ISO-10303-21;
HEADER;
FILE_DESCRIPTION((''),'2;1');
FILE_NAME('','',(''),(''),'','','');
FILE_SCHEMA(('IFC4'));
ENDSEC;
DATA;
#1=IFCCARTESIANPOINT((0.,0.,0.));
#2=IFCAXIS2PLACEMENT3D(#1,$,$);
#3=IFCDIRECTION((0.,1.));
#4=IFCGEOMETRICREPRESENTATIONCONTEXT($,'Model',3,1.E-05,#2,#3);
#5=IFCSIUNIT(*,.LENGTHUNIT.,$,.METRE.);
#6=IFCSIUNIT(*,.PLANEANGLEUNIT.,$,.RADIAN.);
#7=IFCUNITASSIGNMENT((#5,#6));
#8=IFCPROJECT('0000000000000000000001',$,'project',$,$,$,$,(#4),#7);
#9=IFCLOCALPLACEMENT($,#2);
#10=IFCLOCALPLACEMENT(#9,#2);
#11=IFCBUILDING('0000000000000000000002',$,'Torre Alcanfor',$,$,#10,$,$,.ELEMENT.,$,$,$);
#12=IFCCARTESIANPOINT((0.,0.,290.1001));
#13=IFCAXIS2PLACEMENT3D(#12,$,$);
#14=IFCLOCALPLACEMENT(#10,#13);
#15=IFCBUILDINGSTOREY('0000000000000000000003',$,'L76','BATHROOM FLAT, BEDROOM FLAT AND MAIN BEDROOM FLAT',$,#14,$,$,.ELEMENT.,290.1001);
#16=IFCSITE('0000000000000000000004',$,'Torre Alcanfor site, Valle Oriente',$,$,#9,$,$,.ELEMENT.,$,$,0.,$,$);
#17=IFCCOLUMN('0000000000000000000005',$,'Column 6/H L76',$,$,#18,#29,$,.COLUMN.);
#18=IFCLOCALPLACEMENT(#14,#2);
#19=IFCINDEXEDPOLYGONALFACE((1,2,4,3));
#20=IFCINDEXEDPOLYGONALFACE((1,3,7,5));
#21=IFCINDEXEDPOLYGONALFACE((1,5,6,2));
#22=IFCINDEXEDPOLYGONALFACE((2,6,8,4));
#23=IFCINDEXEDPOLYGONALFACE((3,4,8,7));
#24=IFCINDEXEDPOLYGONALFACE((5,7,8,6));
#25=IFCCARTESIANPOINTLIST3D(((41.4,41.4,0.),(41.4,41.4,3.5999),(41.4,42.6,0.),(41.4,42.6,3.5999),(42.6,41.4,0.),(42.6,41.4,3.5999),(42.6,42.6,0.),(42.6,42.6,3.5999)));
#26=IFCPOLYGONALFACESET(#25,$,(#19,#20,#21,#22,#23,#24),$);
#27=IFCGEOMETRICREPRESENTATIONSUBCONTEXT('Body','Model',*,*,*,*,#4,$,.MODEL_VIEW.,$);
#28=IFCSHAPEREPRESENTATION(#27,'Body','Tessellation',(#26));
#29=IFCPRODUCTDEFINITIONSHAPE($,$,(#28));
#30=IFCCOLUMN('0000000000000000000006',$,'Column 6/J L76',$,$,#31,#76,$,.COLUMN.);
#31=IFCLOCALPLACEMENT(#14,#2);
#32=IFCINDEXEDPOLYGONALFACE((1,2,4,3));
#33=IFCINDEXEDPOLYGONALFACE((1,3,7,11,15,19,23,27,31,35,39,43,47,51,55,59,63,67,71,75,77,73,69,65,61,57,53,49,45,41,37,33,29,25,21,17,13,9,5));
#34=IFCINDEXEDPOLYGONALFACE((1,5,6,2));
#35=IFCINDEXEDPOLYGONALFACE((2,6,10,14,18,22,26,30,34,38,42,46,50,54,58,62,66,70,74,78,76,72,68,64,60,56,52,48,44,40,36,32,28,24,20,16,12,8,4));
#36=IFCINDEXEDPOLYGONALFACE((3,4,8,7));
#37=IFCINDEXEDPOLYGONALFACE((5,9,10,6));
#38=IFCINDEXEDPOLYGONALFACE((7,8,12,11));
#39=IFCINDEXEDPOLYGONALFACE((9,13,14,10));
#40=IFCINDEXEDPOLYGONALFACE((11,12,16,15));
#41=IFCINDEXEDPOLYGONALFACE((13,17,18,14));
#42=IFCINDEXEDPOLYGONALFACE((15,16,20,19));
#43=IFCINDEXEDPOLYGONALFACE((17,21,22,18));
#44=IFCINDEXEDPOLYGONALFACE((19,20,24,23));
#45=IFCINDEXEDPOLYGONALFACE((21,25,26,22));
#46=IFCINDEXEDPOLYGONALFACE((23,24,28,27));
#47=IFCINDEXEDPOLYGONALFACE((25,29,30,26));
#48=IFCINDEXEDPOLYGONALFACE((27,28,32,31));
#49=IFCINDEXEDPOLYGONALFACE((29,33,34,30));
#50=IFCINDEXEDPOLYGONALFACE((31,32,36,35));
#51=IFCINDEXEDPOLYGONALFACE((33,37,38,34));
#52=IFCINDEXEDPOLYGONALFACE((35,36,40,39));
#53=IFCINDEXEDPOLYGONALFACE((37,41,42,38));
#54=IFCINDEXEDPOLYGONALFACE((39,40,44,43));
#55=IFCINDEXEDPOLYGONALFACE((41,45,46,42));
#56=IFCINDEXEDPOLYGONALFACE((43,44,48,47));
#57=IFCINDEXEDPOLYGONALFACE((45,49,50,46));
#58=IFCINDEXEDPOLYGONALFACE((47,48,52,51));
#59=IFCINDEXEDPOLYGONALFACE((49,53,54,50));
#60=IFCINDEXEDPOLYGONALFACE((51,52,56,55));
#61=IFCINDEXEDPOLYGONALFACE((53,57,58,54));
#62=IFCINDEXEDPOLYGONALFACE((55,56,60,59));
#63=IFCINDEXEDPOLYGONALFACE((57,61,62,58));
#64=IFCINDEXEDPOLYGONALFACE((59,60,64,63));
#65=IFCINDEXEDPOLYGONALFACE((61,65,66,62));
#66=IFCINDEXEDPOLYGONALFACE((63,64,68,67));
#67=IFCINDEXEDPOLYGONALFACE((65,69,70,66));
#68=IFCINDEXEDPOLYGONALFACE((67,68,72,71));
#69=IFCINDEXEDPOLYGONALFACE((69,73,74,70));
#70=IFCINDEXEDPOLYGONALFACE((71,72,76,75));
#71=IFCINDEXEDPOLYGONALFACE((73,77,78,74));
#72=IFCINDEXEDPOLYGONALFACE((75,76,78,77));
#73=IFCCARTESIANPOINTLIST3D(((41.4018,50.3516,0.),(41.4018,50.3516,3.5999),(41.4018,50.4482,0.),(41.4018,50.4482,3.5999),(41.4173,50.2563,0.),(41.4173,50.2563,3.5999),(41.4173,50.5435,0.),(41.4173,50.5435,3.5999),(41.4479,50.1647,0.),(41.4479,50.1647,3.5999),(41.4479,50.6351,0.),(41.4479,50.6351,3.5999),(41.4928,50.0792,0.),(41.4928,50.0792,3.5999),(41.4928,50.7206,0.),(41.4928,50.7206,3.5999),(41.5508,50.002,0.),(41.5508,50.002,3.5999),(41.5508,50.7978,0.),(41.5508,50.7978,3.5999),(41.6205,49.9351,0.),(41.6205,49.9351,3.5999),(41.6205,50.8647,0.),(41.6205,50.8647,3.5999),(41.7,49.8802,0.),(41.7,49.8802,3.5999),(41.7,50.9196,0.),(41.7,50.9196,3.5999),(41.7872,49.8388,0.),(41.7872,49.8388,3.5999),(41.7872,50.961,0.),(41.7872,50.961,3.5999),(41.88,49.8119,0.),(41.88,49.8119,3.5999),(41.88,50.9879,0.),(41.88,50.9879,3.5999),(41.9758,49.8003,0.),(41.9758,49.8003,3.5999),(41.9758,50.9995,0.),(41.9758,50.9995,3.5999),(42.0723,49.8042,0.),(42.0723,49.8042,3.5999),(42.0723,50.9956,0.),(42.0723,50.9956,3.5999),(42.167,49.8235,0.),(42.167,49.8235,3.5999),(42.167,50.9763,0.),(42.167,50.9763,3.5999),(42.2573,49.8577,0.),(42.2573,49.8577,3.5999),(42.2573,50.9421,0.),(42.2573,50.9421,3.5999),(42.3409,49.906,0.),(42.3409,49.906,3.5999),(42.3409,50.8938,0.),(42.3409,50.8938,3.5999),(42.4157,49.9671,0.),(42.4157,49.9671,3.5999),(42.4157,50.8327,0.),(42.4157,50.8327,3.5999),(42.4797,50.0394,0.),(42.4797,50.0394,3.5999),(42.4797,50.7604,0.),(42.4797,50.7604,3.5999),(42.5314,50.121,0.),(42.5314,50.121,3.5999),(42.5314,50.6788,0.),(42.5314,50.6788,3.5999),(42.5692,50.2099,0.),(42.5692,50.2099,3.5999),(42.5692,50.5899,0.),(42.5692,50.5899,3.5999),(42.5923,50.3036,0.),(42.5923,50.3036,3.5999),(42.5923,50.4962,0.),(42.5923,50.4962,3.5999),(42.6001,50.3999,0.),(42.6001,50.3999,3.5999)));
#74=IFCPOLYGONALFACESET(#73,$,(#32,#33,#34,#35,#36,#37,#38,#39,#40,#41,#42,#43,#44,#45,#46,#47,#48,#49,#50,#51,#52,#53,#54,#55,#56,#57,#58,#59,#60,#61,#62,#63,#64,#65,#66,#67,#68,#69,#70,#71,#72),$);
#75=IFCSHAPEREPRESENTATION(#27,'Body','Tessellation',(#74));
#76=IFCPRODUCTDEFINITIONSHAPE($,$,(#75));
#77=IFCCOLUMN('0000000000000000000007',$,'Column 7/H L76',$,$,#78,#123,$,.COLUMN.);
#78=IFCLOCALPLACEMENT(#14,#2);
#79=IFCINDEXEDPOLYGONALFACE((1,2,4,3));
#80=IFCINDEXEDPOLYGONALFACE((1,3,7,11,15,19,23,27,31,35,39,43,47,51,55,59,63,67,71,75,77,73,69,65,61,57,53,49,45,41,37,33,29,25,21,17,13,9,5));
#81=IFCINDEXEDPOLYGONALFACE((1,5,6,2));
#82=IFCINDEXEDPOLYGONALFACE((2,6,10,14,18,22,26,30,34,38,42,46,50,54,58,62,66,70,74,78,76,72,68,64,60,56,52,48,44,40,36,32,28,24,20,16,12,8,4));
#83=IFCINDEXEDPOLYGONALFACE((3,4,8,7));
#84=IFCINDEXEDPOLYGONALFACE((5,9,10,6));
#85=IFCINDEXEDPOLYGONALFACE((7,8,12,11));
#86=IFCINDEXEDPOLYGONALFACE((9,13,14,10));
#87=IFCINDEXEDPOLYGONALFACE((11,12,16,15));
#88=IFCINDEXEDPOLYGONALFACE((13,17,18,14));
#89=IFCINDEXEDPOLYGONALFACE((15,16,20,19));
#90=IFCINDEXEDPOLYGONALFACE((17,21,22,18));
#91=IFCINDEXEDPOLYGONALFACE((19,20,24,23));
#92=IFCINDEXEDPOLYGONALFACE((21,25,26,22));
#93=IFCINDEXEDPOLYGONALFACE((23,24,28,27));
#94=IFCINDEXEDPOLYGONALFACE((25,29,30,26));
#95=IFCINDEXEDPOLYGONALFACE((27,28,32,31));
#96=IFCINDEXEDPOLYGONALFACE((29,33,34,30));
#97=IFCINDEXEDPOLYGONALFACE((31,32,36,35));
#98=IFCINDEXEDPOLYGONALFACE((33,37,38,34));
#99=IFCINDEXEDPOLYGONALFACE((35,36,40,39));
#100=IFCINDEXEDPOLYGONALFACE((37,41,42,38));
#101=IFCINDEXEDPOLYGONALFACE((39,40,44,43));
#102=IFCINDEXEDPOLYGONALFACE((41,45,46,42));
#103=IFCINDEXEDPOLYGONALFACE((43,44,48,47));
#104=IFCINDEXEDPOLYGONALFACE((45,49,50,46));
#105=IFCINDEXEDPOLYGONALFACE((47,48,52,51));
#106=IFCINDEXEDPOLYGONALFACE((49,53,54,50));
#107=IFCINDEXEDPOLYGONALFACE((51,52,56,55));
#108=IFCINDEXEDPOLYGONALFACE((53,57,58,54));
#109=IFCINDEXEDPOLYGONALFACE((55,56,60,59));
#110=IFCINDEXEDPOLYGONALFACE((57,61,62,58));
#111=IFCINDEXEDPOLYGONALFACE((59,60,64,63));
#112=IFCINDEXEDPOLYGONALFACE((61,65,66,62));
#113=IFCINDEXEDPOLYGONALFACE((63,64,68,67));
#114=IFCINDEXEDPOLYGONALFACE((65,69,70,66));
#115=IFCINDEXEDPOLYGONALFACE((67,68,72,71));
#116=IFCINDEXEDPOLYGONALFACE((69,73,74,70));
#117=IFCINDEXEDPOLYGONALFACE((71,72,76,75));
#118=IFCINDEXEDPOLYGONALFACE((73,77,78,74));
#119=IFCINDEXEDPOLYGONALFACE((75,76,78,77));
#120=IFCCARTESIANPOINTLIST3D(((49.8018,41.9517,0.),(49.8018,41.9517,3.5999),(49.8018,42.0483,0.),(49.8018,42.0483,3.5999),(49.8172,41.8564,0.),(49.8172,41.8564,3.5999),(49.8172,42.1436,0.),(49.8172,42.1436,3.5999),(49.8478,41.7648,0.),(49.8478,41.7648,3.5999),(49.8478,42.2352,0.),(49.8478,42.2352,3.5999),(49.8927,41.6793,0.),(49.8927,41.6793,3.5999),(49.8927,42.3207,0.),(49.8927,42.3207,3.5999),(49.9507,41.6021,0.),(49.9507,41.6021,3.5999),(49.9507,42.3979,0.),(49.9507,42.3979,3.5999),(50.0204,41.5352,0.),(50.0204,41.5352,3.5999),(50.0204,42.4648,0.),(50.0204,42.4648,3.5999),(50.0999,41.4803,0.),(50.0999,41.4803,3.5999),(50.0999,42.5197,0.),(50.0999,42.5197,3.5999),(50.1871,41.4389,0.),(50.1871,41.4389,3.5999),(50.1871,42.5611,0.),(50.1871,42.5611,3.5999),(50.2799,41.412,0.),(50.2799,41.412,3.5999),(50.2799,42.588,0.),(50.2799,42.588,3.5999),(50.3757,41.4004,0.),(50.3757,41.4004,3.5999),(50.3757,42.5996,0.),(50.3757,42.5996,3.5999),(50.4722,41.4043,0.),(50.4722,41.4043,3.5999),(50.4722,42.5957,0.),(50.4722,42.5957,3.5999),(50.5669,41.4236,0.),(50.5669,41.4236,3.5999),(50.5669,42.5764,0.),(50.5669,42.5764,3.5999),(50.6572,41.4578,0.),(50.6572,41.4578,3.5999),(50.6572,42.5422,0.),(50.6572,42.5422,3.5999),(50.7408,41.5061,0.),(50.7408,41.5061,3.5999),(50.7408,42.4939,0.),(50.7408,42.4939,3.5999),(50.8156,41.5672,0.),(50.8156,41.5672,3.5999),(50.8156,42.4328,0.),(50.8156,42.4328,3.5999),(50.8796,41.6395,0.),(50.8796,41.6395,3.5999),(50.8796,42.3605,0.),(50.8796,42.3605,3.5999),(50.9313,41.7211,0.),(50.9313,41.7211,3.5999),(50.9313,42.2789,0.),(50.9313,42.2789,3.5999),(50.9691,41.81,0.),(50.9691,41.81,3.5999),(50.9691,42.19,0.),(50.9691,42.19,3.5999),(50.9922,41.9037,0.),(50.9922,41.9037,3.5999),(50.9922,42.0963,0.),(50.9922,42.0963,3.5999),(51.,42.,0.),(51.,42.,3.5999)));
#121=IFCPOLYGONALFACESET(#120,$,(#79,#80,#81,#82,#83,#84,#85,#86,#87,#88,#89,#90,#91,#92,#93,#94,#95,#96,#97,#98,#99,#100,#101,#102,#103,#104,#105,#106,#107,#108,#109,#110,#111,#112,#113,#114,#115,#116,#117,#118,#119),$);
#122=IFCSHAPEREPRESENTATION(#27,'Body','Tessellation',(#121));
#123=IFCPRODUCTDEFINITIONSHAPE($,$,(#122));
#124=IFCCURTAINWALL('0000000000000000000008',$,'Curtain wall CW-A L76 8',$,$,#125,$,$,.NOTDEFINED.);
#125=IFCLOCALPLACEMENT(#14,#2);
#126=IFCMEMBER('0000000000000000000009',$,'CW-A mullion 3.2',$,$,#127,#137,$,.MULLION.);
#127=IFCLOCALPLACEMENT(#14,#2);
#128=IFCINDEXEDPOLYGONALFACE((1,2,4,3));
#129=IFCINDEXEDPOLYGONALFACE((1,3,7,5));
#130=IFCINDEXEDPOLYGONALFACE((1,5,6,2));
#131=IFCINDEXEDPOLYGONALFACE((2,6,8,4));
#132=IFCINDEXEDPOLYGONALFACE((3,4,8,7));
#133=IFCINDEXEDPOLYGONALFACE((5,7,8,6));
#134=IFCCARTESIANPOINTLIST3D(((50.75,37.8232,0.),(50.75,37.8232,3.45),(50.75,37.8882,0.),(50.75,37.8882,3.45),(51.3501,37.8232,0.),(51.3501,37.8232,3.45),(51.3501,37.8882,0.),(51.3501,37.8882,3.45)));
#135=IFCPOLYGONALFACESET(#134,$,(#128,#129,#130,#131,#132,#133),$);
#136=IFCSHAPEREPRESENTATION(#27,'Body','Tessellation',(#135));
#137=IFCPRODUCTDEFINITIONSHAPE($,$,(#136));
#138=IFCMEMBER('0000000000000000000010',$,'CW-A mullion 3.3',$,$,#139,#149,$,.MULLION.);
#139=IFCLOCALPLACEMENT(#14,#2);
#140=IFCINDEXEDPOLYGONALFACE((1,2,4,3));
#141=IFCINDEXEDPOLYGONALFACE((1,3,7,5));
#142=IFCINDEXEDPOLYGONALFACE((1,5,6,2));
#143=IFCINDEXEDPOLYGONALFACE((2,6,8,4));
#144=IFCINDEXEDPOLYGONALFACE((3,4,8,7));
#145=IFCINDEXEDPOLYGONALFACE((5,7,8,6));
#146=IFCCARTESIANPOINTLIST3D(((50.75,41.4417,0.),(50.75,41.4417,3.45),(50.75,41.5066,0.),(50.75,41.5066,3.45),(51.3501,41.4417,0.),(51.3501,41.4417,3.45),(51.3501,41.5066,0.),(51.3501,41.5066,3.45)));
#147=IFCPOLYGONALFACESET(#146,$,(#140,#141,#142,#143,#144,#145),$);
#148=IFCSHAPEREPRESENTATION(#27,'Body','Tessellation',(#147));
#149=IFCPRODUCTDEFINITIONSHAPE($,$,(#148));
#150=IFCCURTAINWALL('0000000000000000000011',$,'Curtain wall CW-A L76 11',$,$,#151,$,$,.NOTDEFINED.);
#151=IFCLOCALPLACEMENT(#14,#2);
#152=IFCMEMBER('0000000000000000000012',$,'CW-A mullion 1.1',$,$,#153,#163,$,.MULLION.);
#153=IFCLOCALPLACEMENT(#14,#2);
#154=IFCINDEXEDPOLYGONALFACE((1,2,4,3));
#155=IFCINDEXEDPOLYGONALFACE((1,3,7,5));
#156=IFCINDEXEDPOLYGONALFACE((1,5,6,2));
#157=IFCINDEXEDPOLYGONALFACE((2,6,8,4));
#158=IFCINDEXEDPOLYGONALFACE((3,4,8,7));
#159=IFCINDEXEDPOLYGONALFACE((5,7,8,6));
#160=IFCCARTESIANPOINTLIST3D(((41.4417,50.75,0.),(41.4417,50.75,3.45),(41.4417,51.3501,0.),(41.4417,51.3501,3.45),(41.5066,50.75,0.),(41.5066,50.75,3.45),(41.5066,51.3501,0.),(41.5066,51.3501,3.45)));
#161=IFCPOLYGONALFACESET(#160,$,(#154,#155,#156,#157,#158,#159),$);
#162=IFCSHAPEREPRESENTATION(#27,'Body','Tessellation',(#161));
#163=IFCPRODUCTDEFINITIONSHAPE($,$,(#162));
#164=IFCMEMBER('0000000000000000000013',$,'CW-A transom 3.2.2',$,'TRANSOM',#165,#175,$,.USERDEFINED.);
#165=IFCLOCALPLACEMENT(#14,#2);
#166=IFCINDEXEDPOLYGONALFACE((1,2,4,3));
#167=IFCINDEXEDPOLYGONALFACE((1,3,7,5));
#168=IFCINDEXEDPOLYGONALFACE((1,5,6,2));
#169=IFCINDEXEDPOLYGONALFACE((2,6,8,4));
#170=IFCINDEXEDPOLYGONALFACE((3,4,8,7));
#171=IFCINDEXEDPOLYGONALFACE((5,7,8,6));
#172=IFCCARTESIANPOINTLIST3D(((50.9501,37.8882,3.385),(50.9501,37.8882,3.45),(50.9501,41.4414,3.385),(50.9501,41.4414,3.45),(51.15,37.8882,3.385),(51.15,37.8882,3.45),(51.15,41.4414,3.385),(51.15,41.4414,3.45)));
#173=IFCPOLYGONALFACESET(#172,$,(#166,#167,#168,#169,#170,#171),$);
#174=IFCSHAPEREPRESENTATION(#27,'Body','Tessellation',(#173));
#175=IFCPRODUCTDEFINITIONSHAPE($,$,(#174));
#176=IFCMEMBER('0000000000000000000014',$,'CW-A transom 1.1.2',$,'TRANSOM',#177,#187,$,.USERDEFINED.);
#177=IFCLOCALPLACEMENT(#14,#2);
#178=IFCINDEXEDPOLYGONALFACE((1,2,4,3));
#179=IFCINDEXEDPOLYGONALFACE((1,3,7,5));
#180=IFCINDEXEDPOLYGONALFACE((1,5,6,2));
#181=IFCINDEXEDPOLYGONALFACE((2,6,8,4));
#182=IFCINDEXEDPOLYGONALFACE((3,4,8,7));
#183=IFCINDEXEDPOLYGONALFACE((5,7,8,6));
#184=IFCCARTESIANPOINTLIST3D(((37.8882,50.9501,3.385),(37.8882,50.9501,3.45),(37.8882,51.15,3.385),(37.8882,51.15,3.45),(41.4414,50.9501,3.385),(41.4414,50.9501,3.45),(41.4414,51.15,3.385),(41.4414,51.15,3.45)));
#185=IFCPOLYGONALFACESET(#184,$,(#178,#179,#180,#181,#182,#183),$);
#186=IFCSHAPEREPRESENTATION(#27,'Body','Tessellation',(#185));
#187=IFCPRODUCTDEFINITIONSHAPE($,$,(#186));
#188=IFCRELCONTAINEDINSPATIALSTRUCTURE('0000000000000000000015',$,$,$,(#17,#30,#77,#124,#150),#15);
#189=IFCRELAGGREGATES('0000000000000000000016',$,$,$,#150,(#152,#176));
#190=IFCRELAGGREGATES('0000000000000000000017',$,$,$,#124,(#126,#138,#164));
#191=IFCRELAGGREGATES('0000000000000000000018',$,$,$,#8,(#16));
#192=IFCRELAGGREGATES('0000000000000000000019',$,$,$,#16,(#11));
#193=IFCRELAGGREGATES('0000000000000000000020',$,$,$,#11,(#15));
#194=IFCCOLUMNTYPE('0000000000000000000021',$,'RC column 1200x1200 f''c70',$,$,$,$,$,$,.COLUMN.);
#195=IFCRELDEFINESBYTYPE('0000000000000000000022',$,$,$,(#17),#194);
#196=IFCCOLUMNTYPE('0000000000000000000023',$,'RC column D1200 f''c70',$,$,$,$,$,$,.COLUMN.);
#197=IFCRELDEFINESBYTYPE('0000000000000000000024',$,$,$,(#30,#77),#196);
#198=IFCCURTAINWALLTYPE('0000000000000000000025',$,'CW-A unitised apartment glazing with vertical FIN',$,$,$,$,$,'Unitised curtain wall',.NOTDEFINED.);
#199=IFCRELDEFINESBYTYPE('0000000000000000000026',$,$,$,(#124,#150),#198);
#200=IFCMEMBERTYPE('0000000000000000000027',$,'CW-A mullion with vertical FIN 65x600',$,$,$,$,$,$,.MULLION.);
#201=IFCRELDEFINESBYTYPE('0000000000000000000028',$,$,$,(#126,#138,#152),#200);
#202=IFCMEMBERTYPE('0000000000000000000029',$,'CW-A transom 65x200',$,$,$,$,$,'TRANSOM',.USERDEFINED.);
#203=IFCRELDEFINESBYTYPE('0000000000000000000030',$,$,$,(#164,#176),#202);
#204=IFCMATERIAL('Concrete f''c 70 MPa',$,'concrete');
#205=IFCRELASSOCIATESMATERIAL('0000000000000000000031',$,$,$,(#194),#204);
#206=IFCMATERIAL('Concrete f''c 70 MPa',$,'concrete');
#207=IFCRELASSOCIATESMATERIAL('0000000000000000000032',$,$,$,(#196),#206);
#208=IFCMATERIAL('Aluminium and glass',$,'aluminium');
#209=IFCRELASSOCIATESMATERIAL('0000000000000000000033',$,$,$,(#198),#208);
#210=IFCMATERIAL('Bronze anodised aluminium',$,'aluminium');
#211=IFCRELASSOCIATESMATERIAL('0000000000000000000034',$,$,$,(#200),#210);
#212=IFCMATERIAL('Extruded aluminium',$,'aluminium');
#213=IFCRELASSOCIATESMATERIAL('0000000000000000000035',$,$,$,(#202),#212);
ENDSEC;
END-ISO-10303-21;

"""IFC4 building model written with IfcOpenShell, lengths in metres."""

from ifc_helpers import new_model, si_unit, direction, frame, origin, origin_2d, place, context, subcontext, project, spatial, rectangle, circle, extrude, material, material_profile, profile_set, type_object, element, aggregate, save


model = new_model("IFC4")

# Units and contexts
model_context = context("Model", 3, precision=1e-05, world=origin(), true_north=direction((0.0, 1.0)))
body_context = subcontext(model_context, "Body", "Model", "MODEL_VIEW")
ifc_project = project(units=[si_unit("LENGTHUNIT", "METRE"), si_unit("PLANEANGLEUNIT", "RADIAN")], contexts=[model_context])

# Site, building, storey
site_placement = place(None, origin())
site = spatial("IfcSite", under=ifc_project, at=site_placement, Name="Torre Alcanfor site, Valle Oriente", CompositionType="ELEMENT", RefElevation=0.0)
building_placement = place(site_placement, origin())
building = spatial("IfcBuilding", under=site, at=building_placement, Name="Torre Alcanfor", CompositionType="ELEMENT")
storey_placement = place(building_placement, frame((0.0, 0.0, 290.1001)))
storey = spatial("IfcBuildingStorey", under=building, at=storey_placement, Name="L76", Description="BATHROOM FLAT, BEDROOM FLAT AND MAIN BEDROOM FLAT", CompositionType="ELEMENT", Elevation=290.1001)

# Columns
ifc_material_1 = material(Name="Concrete f'c 70 MPa", Category="concrete")
ifc_material_profile_1 = material_profile(ifc_material_1, rectangle(XDim=1.2, YDim=1.2, at=origin_2d()), Name="1200x1200")
ifc_profile_set_1 = profile_set([ifc_material_profile_1], Name="Concrete f'c 70 MPa")
column_type_1 = type_object("IfcColumnType", Name="RC column 1200x1200 f'c70", PredefinedType="COLUMN", material=ifc_profile_set_1)
column_placement = place(storey_placement, frame((42.0, 42.0, 0.0), z_axis=(0.0, 0.0, 1.0), x_axis=(1.0, 0.0, 0.0)))
element("IfcColumn", 1, at=column_placement, inside=storey, type_object=column_type_1, Name="Column 6/H L76", PredefinedType="COLUMN", context=body_context, shape_type="SweptSolid", body=[
    extrude(rectangle(XDim=1.2, YDim=1.2, at=origin_2d()), origin(), (0.0, 0.0, 1.0), 3.5999),
])
ifc_material_2 = material(Name="Concrete f'c 70 MPa", Category="concrete")
ifc_material_profile_2 = material_profile(ifc_material_2, circle(Radius=0.6001, at=origin_2d()), Name="D1200")
ifc_profile_set_2 = profile_set([ifc_material_profile_2], Name="Concrete f'c 70 MPa")
column_type_2 = type_object("IfcColumnType", Name="RC column D1200 f'c70", PredefinedType="COLUMN", material=ifc_profile_set_2)
for number, where, z_axis, x_axis, name in (
    (2, (42.0, 50.3999, 0.0), (0.0, 0.0, 1.0), (1.0, 0.0, 0.0), "Column 6/J L76"),
    (3, (50.3999, 42.0, 0.0), (0.0, 0.0, 1.0), (1.0, 0.0, 0.0), "Column 7/H L76"),
):
    element("IfcColumn", number, at=place(storey_placement, frame(where, z_axis=z_axis, x_axis=x_axis)), inside=storey, type_object=column_type_2, Name=name, PredefinedType="COLUMN", context=body_context, shape_type="SweptSolid", body=[
        extrude(circle(Radius=0.6001, at=origin_2d()), origin(), (0.0, 0.0, 1.0), 3.5999),
    ])

# Curtain wall, members
ifc_material_3 = material(Name="Aluminium and glass", Category="aluminium")
curtain_wall_type = type_object("IfcCurtainWallType", Name="CW-A unitised apartment glazing with vertical FIN", ElementType="Unitised curtain wall", PredefinedType="NOTDEFINED", material=ifc_material_3)
curtain_wall_1_placement = place(storey_placement, origin())
curtain_wall_1 = element("IfcCurtainWall", 4, at=curtain_wall_1_placement, inside=storey, type_object=curtain_wall_type, Name="Curtain wall CW-A L76 8", PredefinedType="NOTDEFINED")
ifc_material_4 = material(Name="Bronze anodised aluminium", Category="aluminium")
ifc_material_profile_3 = material_profile(ifc_material_4, rectangle(XDim=0.6001, YDim=0.0649, at=origin_2d()), Name="CW-A mullion 65x600")
ifc_profile_set_3 = profile_set([ifc_material_profile_3], Name="Bronze anodised aluminium")
member_type_1 = type_object("IfcMemberType", Name="CW-A mullion with vertical FIN 65x600", PredefinedType="MULLION", material=ifc_profile_set_3)
member_1_placement = place(storey_placement, frame((51.05, 37.8557, 0.0), z_axis=(0.0, 0.0, 1.0), x_axis=(-1.0, 0.0, 0.0)))
member_1 = element("IfcMember", 5, at=member_1_placement, type_object=member_type_1, Name="CW-A mullion 3.2", PredefinedType="MULLION", context=body_context, shape_type="SweptSolid", body=[
    extrude(rectangle(XDim=0.6001, YDim=0.0649, at=origin_2d()), origin(), (0.0, 0.0, 1.0), 3.45),
])
member_2_placement = place(storey_placement, frame((51.05, 41.4741, 0.0), z_axis=(0.0, 0.0, 1.0), x_axis=(-1.0, 0.0, 0.0)))
member_2 = element("IfcMember", 6, at=member_2_placement, type_object=member_type_1, Name="CW-A mullion 3.3", PredefinedType="MULLION", context=body_context, shape_type="SweptSolid", body=[
    extrude(rectangle(XDim=0.6001, YDim=0.0649, at=origin_2d()), origin(), (0.0, 0.0, 1.0), 3.45),
])

# Curtain wall, member
curtain_wall_2_placement = place(storey_placement, origin())
curtain_wall_2 = element("IfcCurtainWall", 7, at=curtain_wall_2_placement, inside=storey, type_object=curtain_wall_type, Name="Curtain wall CW-A L76 11", PredefinedType="NOTDEFINED")
member_3_placement = place(storey_placement, frame((41.4741, 51.05, 0.0), z_axis=(0.0, 0.0, 1.0), x_axis=(0.0, -1.0, 0.0)))
member_3 = element("IfcMember", 8, at=member_3_placement, type_object=member_type_1, Name="CW-A mullion 1.1", PredefinedType="MULLION", context=body_context, shape_type="SweptSolid", body=[
    extrude(rectangle(XDim=0.6001, YDim=0.0649, at=origin_2d()), origin(), (0.0, 0.0, 1.0), 3.45),
])

# Members
ifc_material_5 = material(Name="Extruded aluminium", Category="aluminium")
ifc_material_profile_4 = material_profile(ifc_material_5, rectangle(XDim=0.2, YDim=0.0649, at=origin_2d()), Name="CW-A transom 200x65")
ifc_profile_set_4 = profile_set([ifc_material_profile_4], Name="Extruded aluminium")
member_type_2 = type_object("IfcMemberType", Name="CW-A transom 65x200", ElementType="TRANSOM", PredefinedType="USERDEFINED", material=ifc_profile_set_4)
member_4_placement = place(storey_placement, frame((51.05, 37.8882, 3.4175), z_axis=(0.0, 1.0, 0.0), x_axis=(-1.0, 0.0, 0.0)))
member_4 = element("IfcMember", 9, at=member_4_placement, type_object=member_type_2, Name="CW-A transom 3.2.2", ObjectType="TRANSOM", PredefinedType="USERDEFINED", context=body_context, shape_type="SweptSolid", body=[
    extrude(rectangle(XDim=0.2, YDim=0.0649, at=origin_2d()), origin(), (0.0, 0.0, 1.0), 3.5532),
])
member_5_placement = place(storey_placement, frame((41.4414, 51.05, 3.4175), z_axis=(-1.0, 0.0, 0.0), x_axis=(0.0, -1.0, 0.0)))
member_5 = element("IfcMember", 10, at=member_5_placement, type_object=member_type_2, Name="CW-A transom 1.1.2", ObjectType="TRANSOM", PredefinedType="USERDEFINED", context=body_context, shape_type="SweptSolid", body=[
    extrude(rectangle(XDim=0.2, YDim=0.0649, at=origin_2d()), origin(), (0.0, 0.0, 1.0), 3.5532),
])
aggregate(curtain_wall_2, [member_3, member_5])

aggregate(curtain_wall_1, [member_1, member_2, member_4])

save(model, "model.ifc")
